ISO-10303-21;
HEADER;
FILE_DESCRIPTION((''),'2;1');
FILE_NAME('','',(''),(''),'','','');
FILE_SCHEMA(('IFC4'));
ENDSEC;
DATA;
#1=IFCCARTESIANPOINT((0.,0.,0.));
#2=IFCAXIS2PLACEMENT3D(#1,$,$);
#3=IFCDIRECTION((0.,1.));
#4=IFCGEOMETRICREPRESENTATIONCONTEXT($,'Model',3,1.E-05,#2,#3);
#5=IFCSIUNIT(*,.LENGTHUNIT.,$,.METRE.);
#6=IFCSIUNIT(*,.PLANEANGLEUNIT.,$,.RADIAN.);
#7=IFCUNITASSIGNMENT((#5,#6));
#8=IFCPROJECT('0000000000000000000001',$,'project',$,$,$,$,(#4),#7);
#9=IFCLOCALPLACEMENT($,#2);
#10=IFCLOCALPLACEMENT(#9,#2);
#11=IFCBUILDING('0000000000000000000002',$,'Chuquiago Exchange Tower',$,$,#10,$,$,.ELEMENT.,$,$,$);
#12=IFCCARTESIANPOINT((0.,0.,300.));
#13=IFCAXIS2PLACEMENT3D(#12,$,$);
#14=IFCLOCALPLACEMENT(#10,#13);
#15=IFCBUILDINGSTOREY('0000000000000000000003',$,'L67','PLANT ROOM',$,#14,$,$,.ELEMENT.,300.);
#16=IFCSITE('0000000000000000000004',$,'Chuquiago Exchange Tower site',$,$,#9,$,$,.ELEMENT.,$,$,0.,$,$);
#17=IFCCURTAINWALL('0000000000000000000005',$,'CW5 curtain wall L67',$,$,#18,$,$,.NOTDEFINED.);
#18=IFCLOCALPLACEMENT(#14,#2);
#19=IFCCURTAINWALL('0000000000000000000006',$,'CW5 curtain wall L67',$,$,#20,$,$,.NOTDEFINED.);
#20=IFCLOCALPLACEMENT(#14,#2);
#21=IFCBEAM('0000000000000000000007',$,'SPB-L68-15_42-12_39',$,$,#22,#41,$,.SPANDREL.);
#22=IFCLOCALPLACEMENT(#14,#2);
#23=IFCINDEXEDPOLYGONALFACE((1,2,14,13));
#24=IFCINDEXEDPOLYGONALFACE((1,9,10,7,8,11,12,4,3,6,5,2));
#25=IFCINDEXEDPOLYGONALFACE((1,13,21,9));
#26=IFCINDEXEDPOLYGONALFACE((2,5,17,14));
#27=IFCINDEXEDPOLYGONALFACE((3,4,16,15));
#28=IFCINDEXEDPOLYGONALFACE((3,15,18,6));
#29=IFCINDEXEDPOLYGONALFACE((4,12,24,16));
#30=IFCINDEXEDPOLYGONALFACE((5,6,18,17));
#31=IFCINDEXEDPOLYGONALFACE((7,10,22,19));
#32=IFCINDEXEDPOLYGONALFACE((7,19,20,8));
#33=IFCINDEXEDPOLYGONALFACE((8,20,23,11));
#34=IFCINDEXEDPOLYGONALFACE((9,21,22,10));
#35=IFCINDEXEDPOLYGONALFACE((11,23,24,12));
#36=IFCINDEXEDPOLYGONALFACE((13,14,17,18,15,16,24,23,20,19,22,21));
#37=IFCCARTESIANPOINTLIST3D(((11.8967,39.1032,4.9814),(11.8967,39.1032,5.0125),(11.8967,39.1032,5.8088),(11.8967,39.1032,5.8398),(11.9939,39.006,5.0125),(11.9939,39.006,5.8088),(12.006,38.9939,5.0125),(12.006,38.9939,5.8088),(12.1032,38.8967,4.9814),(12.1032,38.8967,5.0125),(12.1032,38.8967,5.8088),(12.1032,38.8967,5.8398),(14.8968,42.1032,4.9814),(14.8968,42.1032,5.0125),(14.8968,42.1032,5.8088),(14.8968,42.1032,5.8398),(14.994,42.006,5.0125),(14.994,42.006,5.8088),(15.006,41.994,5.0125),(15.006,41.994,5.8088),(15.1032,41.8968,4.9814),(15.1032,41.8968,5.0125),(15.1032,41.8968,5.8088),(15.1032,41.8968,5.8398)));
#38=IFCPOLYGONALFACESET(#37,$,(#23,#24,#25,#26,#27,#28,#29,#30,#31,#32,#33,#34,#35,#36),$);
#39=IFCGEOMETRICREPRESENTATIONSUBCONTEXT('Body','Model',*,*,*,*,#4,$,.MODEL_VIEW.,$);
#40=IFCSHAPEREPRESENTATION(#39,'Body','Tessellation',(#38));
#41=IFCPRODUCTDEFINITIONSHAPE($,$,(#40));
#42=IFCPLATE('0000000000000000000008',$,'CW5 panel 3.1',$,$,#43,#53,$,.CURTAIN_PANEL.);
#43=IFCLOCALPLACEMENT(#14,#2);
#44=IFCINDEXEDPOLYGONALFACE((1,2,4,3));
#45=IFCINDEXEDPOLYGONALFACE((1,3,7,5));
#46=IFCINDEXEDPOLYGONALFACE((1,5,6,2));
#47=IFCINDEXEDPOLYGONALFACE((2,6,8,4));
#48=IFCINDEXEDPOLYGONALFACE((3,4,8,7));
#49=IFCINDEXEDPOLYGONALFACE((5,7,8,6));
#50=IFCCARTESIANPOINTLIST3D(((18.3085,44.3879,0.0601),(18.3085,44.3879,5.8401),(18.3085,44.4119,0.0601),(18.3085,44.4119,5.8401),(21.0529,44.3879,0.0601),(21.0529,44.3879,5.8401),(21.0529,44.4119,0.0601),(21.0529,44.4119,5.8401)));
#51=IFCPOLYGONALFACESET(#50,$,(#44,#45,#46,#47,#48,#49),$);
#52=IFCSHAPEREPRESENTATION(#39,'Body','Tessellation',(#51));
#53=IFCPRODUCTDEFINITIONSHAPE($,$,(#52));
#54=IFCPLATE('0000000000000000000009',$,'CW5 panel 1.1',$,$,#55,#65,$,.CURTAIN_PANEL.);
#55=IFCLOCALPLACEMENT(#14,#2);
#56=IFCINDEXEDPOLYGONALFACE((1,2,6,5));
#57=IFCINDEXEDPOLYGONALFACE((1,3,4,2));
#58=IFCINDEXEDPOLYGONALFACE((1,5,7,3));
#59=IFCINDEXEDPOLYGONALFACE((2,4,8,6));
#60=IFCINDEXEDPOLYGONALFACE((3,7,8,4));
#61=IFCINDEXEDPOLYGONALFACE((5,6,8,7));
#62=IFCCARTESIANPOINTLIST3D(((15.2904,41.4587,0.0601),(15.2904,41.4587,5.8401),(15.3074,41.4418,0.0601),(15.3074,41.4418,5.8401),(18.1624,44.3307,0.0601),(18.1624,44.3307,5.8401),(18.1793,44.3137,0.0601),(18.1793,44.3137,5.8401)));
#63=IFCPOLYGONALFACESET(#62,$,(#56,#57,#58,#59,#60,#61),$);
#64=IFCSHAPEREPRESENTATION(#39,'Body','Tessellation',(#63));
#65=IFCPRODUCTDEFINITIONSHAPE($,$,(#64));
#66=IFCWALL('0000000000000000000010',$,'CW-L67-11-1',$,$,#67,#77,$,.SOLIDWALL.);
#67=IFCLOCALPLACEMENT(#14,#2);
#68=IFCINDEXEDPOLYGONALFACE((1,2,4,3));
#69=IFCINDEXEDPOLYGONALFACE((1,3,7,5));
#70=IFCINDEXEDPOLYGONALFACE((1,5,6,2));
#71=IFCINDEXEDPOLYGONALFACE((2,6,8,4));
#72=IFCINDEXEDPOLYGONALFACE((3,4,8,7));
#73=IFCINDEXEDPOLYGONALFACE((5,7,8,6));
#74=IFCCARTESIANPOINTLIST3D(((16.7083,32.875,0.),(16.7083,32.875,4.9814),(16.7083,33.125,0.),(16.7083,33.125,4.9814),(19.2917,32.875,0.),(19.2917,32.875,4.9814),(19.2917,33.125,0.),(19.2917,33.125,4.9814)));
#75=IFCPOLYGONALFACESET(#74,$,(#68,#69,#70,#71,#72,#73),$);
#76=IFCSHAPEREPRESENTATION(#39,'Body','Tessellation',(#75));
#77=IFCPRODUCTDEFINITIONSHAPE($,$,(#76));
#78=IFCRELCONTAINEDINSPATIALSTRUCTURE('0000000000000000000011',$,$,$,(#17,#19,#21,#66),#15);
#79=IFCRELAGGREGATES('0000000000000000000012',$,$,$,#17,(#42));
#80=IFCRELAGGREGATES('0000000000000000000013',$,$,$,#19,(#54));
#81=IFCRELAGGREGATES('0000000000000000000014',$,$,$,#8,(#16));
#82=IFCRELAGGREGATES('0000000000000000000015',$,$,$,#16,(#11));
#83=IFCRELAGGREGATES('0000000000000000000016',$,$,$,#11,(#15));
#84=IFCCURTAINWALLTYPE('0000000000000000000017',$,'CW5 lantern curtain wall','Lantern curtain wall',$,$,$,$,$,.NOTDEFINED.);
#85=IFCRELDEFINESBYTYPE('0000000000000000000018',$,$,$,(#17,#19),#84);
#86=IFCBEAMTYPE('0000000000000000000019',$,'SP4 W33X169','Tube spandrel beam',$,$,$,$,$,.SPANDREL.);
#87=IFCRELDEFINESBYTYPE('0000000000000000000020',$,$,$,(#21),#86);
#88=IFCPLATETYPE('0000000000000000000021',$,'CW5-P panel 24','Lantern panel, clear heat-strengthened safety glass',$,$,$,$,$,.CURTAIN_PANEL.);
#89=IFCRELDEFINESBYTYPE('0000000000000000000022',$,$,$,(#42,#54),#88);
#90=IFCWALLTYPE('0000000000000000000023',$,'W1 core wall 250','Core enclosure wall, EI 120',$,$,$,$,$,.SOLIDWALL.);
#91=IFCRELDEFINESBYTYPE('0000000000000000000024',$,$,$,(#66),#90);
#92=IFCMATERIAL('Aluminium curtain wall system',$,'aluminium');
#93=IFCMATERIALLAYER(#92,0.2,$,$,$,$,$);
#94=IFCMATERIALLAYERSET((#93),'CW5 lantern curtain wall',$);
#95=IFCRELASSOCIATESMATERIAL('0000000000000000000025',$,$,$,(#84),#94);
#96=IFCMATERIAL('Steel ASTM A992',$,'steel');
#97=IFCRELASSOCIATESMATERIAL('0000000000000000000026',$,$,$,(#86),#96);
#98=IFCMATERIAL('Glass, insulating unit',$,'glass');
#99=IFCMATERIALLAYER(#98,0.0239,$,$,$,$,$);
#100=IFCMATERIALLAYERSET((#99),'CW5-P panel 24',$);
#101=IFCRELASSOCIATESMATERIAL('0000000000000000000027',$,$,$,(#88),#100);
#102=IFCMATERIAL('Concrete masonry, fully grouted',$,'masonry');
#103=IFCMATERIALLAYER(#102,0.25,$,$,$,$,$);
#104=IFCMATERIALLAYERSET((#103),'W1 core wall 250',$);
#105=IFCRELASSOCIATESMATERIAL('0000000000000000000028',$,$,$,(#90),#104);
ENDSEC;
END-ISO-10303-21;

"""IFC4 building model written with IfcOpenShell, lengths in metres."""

from ifc_helpers import new_model, si_unit, direction, frame, frame_2d, origin, origin_2d, place, context, subcontext, project, spatial, rectangle, i_section, extrude, material, layer, layer_set, material_profile, profile_set, type_object, element, aggregate, save


model = new_model("IFC4")

# Units and contexts
model_context = context("Model", 3, precision=1e-05, world=origin(), true_north=direction((0.0, 1.0)))
body_context = subcontext(model_context, "Body", "Model", "MODEL_VIEW")
ifc_project = project(units=[si_unit("LENGTHUNIT", "METRE"), si_unit("PLANEANGLEUNIT", "RADIAN")], contexts=[model_context])

# Site, building, storey
site_placement = place(None, origin())
site = spatial("IfcSite", under=ifc_project, at=site_placement, Name="Chuquiago Exchange Tower site", CompositionType="ELEMENT", RefElevation=0.0)
building_placement = place(site_placement, origin())
building = spatial("IfcBuilding", under=site, at=building_placement, Name="Chuquiago Exchange Tower", CompositionType="ELEMENT")
storey_placement = place(building_placement, frame((0.0, 0.0, 300.0)))
storey = spatial("IfcBuildingStorey", under=building, at=storey_placement, Name="L67", Description="PLANT ROOM", CompositionType="ELEMENT", Elevation=300.0)

# Curtain wall
ifc_material_1 = material(Name="Aluminium curtain wall system", Category="aluminium")
ifc_layer_1 = layer(ifc_material_1, 0.2)
ifc_layer_set_1 = layer_set([ifc_layer_1], Name="CW5 lantern curtain wall")
curtain_wall_type = type_object("IfcCurtainWallType", Name="CW5 lantern curtain wall", Description="Lantern curtain wall", PredefinedType="NOTDEFINED", material=ifc_layer_set_1)
curtain_wall_1_placement = place(storey_placement, origin())
curtain_wall_1 = element("IfcCurtainWall", 1, at=curtain_wall_1_placement, inside=storey, type_object=curtain_wall_type, Name="CW5 curtain wall L67", PredefinedType="NOTDEFINED")

# Curtain wall
curtain_wall_2_placement = place(storey_placement, origin())
curtain_wall_2 = element("IfcCurtainWall", 2, at=curtain_wall_2_placement, inside=storey, type_object=curtain_wall_type, Name="CW5 curtain wall L67", PredefinedType="NOTDEFINED")

# Beam
ifc_material_2 = material(Name="Steel ASTM A992", Category="steel")
ifc_material_profile_1 = material_profile(ifc_material_2, i_section(OverallWidth=0.292, OverallDepth=0.8584, WebThickness=0.0171, FlangeThickness=0.031, at=origin_2d()), Name="W33X169")
ifc_profile_set_1 = profile_set([ifc_material_profile_1], Name="Steel ASTM A992")
beam_type_1 = type_object("IfcBeamType", Name="SP4 W33X169", Description="Tube spandrel beam", PredefinedType="SPANDREL", material=ifc_profile_set_1)
for number, where, z_axis, x_axis, name in (
    (3, (15.0, 42.0, 5.4106), (-0.707107, -0.707107, 0.0), (0.707107, -0.707107, 0.0), "SPB-L68-15_42-12_39"),
):
    element("IfcBeam", number, at=place(storey_placement, frame(where, z_axis=z_axis, x_axis=x_axis)), inside=storey, type_object=beam_type_1, Name=name, PredefinedType="SPANDREL", context=body_context, shape_type="SweptSolid", body=[
        extrude(i_section(OverallWidth=0.292, OverallDepth=0.8584, WebThickness=0.0171, FlangeThickness=0.031, at=origin_2d()), origin(), (0.0, 0.0, 1.0), 4.2427),
    ])

# Plates
ifc_material_3 = material(Name="Glass, insulating unit", Category="glass")
ifc_layer_2 = layer(ifc_material_3, 0.0239)
ifc_layer_set_2 = layer_set([ifc_layer_2], Name="CW5-P panel 24")
plate_type = type_object("IfcPlateType", Name="CW5-P panel 24", Description="Lantern panel, clear heat-strengthened safety glass", PredefinedType="CURTAIN_PANEL", material=ifc_layer_set_2)
plate_1_placement = place(storey_placement, frame((19.6807, 44.3999, 0.0601), z_axis=(0.0, 0.0, 1.0), x_axis=(-1.0, 0.0, 0.0)))
plate_1 = element("IfcPlate", 4, at=plate_1_placement, type_object=plate_type, Name="CW5 panel 3.1", PredefinedType="CURTAIN_PANEL", context=body_context, shape_type="SweptSolid", body=[
    extrude(rectangle(XDim=2.7444, YDim=0.0239, at=origin_2d()), origin(), (0.0, 0.0, 1.0), 5.78),
])
aggregate(curtain_wall_1, [plate_1])
plate_2_placement = place(storey_placement, frame((16.7349, 42.8862, 0.0601), z_axis=(0.0, 0.0, 1.0), x_axis=(-0.707109, -0.707105, 0.0)))
plate_2 = element("IfcPlate", 5, at=plate_2_placement, type_object=plate_type, Name="CW5 panel 1.1", PredefinedType="CURTAIN_PANEL", context=body_context, shape_type="SweptSolid", body=[
    extrude(rectangle(XDim=4.0615, YDim=0.0239, at=origin_2d()), origin(), (0.0, 0.0, 1.0), 5.78),
])
aggregate(curtain_wall_2, [plate_2])

# Wall
ifc_material_4 = material(Name="Concrete masonry, fully grouted", Category="masonry")
ifc_layer_3 = layer(ifc_material_4, 0.25)
ifc_layer_set_3 = layer_set([ifc_layer_3], Name="W1 core wall 250")
wall_type = type_object("IfcWallType", Name="W1 core wall 250", Description="Core enclosure wall, EI 120", PredefinedType="SOLIDWALL", material=ifc_layer_set_3)
wall_placement = place(storey_placement, frame((16.7083, 33.0, 0.0), z_axis=(0.0, 0.0, 1.0), x_axis=(1.0, 0.0, 0.0)))
element("IfcWall", 6, at=wall_placement, inside=storey, type_object=wall_type, Name="CW-L67-11-1", PredefinedType="SOLIDWALL", context=body_context, shape_type="SweptSolid", body=[
    extrude(rectangle(XDim=2.5835, YDim=0.25, at=frame_2d((1.2917, 0.0))), origin(), (0.0, 0.0, 1.0), 4.9814),
])

save(model, "model.ifc")
